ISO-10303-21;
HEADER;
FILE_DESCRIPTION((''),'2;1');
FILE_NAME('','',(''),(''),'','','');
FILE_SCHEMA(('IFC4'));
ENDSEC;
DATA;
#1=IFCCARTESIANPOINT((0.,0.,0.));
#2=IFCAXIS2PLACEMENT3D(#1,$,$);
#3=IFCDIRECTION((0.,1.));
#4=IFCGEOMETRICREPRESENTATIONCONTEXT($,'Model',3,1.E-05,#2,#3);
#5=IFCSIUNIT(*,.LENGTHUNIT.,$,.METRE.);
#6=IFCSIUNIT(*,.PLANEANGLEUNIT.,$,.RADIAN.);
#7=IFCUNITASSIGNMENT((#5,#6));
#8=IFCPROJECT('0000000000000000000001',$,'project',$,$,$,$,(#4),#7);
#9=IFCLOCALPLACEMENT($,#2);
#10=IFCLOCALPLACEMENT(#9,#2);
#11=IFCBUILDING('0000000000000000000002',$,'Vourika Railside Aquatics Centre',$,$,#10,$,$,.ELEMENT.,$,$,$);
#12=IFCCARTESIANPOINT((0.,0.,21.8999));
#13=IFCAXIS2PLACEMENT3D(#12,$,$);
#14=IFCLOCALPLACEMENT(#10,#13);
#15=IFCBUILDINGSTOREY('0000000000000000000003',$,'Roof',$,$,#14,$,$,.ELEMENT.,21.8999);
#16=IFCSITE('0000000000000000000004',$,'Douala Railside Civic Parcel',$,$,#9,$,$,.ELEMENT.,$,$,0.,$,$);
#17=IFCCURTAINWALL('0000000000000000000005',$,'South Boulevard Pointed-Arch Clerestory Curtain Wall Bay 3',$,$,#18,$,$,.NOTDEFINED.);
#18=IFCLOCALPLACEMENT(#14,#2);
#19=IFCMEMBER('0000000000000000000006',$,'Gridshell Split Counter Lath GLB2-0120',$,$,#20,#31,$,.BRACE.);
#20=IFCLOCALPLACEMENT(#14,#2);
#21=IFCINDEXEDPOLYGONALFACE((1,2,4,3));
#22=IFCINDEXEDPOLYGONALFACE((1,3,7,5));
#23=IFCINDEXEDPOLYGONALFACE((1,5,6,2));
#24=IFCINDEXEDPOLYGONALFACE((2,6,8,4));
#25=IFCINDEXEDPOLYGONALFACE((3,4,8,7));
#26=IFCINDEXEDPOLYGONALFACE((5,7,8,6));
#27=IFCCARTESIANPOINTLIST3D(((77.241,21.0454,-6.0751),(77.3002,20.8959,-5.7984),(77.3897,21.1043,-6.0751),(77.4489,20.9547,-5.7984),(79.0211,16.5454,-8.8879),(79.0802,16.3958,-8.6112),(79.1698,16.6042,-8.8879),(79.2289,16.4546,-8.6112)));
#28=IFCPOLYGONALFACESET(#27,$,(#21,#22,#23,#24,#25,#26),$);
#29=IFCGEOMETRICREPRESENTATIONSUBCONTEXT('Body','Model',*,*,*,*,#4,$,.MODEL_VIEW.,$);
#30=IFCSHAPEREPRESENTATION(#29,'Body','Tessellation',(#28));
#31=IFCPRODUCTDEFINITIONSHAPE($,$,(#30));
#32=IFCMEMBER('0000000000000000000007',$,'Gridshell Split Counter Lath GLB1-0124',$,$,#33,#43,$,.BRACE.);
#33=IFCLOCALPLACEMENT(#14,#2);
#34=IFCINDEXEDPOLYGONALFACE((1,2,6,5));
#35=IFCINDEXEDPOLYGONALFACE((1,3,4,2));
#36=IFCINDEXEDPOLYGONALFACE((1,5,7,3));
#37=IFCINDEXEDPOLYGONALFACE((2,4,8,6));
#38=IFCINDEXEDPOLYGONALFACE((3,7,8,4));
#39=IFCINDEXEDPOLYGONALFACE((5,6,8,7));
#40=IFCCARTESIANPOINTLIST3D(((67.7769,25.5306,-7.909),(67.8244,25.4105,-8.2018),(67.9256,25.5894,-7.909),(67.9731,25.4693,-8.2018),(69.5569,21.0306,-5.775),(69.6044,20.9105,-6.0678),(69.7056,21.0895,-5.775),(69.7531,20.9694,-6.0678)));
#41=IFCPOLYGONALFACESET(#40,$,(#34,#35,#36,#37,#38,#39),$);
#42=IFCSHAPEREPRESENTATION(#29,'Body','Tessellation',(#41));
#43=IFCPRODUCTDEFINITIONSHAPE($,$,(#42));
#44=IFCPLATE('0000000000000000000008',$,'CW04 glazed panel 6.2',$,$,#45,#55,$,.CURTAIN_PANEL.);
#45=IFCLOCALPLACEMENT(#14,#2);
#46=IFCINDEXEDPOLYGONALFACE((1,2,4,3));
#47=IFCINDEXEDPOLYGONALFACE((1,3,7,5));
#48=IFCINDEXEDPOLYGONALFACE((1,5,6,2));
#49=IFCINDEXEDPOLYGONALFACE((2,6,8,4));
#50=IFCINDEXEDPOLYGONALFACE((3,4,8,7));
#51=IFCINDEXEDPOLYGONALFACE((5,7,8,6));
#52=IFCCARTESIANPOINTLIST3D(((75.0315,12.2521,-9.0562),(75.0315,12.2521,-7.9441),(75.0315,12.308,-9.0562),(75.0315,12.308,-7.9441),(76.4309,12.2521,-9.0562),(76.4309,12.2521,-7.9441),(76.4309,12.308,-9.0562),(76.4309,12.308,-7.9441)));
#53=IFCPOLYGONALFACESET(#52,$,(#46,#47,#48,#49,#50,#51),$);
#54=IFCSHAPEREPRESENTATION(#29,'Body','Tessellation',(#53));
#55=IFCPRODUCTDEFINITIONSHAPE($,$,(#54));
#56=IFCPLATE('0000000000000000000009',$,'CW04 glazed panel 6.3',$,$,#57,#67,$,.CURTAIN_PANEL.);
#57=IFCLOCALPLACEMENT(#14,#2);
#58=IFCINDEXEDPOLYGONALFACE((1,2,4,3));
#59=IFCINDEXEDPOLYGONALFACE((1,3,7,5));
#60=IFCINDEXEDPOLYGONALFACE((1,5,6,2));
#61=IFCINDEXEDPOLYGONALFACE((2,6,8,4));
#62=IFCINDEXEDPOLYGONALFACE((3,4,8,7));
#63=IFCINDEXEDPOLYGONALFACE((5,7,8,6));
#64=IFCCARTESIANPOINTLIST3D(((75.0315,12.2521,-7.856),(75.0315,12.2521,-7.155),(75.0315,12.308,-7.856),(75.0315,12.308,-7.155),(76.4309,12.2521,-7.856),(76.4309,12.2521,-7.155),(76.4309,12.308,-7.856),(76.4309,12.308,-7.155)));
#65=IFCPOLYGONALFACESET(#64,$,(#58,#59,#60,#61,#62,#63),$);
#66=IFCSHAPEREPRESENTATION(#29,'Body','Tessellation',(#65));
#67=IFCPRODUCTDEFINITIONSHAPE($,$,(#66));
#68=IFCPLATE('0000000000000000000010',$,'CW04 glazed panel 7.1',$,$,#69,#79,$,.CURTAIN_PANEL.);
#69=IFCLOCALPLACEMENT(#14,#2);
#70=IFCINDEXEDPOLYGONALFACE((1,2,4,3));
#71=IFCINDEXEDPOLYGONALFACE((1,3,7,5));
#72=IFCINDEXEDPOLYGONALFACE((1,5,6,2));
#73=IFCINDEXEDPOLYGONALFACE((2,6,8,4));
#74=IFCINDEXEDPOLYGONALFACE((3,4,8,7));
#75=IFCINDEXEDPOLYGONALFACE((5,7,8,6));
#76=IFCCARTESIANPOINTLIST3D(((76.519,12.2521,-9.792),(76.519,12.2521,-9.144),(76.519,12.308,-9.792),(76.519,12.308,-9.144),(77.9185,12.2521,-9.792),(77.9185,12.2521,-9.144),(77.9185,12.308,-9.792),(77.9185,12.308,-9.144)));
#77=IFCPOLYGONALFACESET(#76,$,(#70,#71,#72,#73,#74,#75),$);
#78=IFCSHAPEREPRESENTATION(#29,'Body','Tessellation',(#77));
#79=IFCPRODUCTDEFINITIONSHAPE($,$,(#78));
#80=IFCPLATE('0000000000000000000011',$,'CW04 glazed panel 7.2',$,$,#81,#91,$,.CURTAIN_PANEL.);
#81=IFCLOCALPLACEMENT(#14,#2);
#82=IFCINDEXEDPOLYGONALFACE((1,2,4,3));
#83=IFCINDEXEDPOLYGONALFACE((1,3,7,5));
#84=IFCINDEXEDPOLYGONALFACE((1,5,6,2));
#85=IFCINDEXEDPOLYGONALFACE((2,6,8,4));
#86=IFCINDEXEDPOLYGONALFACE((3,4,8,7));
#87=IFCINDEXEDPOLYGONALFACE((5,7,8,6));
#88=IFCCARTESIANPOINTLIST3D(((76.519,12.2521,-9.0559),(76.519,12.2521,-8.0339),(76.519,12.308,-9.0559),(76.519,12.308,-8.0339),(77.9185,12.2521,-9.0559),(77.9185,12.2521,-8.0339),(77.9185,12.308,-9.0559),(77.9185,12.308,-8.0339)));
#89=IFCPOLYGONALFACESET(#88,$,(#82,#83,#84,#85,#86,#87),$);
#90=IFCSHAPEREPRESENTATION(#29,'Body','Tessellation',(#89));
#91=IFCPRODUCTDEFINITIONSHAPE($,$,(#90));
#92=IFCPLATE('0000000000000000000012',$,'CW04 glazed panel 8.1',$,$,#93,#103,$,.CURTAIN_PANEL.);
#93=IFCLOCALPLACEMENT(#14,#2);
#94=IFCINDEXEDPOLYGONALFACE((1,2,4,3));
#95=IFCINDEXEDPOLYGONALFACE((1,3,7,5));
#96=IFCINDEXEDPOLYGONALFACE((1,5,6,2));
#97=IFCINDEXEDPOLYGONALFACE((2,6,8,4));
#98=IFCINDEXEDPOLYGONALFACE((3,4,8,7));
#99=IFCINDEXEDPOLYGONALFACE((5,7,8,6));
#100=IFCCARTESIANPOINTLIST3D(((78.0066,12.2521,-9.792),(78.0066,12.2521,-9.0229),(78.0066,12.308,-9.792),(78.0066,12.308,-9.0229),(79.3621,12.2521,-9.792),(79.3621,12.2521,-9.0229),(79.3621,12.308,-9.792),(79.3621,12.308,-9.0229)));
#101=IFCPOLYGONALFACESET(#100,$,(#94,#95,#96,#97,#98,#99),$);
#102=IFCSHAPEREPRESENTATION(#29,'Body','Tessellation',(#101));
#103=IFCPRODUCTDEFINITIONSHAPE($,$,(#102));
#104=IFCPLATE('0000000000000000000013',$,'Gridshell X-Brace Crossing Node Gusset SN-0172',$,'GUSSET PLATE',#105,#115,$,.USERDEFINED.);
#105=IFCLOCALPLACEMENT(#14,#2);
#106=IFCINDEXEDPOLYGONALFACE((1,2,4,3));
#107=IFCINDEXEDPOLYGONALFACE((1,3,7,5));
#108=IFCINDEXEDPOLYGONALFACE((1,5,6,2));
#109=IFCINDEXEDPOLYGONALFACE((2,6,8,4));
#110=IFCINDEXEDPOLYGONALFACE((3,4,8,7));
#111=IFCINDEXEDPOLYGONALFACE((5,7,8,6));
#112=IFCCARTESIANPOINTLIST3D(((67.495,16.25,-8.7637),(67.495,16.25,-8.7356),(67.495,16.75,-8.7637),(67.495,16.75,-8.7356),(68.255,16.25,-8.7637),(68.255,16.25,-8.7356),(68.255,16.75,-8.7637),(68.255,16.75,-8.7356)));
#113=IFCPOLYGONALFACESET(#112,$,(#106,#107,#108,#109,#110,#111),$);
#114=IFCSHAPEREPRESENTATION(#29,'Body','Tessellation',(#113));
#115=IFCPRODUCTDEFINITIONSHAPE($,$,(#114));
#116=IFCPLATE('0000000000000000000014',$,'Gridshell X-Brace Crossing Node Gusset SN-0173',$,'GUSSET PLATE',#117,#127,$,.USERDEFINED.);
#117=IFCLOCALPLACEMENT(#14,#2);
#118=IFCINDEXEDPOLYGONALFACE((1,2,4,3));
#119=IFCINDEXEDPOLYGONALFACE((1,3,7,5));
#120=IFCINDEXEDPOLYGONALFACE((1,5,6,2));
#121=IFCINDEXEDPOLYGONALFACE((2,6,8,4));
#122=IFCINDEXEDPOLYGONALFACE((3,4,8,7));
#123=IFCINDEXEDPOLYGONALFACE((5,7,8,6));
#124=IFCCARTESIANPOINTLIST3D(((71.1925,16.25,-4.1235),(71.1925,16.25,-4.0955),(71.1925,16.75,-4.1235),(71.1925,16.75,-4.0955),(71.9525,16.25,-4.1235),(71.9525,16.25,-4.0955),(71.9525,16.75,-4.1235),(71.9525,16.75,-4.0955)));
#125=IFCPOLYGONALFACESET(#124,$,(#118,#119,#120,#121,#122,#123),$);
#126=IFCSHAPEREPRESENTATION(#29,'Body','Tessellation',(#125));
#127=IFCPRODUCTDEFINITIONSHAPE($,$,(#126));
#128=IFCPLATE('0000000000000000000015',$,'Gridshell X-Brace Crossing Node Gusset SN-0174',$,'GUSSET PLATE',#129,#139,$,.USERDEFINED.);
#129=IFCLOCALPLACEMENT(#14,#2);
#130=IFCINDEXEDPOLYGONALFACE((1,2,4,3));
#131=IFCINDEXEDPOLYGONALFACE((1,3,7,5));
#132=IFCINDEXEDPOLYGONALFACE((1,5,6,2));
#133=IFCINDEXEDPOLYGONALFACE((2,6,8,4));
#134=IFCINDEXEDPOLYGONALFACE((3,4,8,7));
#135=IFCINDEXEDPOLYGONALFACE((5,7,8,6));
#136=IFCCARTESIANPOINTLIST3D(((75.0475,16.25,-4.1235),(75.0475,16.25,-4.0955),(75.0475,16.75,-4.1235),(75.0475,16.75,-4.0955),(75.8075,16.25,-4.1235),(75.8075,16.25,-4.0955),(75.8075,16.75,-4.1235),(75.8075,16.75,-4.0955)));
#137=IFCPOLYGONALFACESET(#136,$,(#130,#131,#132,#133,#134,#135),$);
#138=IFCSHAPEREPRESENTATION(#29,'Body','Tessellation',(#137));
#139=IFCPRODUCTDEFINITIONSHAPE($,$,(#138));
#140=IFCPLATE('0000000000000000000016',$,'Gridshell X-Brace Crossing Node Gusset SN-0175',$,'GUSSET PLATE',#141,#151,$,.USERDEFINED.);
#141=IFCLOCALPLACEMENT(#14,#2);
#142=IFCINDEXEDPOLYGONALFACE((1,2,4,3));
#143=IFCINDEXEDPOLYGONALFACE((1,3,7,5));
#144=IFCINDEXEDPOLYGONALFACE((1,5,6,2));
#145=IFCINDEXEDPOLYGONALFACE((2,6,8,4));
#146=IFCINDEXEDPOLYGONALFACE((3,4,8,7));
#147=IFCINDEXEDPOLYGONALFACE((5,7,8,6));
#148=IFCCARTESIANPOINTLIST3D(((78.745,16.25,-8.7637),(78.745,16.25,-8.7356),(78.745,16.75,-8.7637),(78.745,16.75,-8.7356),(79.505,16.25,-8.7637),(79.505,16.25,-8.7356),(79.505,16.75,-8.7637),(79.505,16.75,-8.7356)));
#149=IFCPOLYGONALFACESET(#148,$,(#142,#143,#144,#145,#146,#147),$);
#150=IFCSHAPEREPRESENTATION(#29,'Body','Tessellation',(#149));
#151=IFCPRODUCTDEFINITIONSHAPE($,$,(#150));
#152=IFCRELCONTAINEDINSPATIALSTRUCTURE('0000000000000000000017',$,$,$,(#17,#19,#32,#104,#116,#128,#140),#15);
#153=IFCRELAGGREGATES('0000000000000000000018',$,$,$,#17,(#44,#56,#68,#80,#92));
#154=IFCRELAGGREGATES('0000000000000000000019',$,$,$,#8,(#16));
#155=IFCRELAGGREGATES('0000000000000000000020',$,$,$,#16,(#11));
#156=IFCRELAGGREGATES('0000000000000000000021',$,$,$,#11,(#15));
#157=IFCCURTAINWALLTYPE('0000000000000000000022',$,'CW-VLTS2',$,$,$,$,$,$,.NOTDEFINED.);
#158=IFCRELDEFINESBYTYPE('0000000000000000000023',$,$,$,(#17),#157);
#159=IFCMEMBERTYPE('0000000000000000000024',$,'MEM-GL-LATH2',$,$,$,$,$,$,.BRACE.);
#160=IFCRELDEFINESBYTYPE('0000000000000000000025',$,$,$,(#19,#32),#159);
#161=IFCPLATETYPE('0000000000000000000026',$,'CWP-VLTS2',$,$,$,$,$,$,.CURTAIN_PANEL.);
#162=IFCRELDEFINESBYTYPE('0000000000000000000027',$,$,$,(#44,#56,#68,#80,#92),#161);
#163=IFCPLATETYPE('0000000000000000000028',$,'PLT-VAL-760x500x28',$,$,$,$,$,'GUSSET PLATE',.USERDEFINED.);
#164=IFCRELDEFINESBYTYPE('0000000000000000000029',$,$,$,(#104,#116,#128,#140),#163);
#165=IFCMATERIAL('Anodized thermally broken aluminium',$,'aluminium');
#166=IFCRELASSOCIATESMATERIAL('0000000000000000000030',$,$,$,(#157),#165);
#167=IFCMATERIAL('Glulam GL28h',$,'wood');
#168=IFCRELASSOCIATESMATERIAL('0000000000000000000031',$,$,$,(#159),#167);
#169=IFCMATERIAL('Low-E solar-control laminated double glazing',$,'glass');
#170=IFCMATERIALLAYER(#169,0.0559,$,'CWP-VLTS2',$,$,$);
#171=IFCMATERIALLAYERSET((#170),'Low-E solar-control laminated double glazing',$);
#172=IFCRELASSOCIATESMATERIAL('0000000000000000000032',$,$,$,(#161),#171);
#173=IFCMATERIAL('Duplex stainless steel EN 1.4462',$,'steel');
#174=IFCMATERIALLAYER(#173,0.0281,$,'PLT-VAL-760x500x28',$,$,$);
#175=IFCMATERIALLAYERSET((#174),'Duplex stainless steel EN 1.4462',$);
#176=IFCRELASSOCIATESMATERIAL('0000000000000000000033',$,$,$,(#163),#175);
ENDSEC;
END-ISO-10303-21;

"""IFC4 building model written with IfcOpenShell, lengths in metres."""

from ifc_helpers import new_model, si_unit, direction, frame, origin, origin_2d, place, context, subcontext, project, spatial, rectangle, extrude, material, layer, layer_set, material_profile, profile_set, type_object, element, aggregate, save


model = new_model("IFC4")

# Units and contexts
model_context = context("Model", 3, precision=1e-05, world=origin(), true_north=direction((0.0, 1.0)))
body_context = subcontext(model_context, "Body", "Model", "MODEL_VIEW")
ifc_project = project(units=[si_unit("LENGTHUNIT", "METRE"), si_unit("PLANEANGLEUNIT", "RADIAN")], contexts=[model_context])

# Site, building, storey
site_placement = place(None, origin())
site = spatial("IfcSite", under=ifc_project, at=site_placement, Name="Douala Railside Civic Parcel", CompositionType="ELEMENT", RefElevation=0.0)
building_placement = place(site_placement, origin())
building = spatial("IfcBuilding", under=site, at=building_placement, Name="Vourika Railside Aquatics Centre", CompositionType="ELEMENT")
storey_placement = place(building_placement, frame((0.0, 0.0, 21.8999)))
storey = spatial("IfcBuildingStorey", under=building, at=storey_placement, Name="Roof", CompositionType="ELEMENT", Elevation=21.8999)

# Curtain wall
ifc_material_1 = material(Name="Anodized thermally broken aluminium", Category="aluminium")
curtain_wall_type = type_object("IfcCurtainWallType", Name="CW-VLTS2", PredefinedType="NOTDEFINED", material=ifc_material_1)
curtain_wall_placement = place(storey_placement, origin())
curtain_wall = element("IfcCurtainWall", 1, at=curtain_wall_placement, inside=storey, type_object=curtain_wall_type, Name="South Boulevard Pointed-Arch Clerestory Curtain Wall Bay 3", PredefinedType="NOTDEFINED")

# Members
ifc_material_2 = material(Name="Glulam GL28h", Category="wood")
ifc_material_profile_1 = material_profile(ifc_material_2, rectangle(XDim=0.1599, YDim=0.3201, at=origin_2d()), Name="GL28h 160x320")
ifc_profile_set_1 = profile_set([ifc_material_profile_1], Name="Glulam GL28h")
member_type_1 = type_object("IfcMemberType", Name="MEM-GL-LATH2", PredefinedType="BRACE", material=ifc_profile_set_1)
member_1_placement = place(storey_placement, frame((79.125, 16.5, -8.7495), z_axis=(-0.318014, 0.803956, 0.502516), x_axis=(-0.929893, -0.36783, 0.0)))
element("IfcMember", 2, at=member_1_placement, inside=storey, type_object=member_type_1, Name="Gridshell Split Counter Lath GLB2-0120", PredefinedType="BRACE", context=body_context, shape_type="SweptSolid", body=[
    extrude(rectangle(XDim=0.1599, YDim=0.3201, at=origin_2d()), origin(), (0.0, 0.0, 1.0), 5.5974),
])
member_2_placement = place(storey_placement, frame((69.655, 21.0, -5.9214), z_axis=(-0.336559, 0.850836, -0.403492), x_axis=(-0.929893, -0.36783, 0.0)))
element("IfcMember", 3, at=member_2_placement, inside=storey, type_object=member_type_1, Name="Gridshell Split Counter Lath GLB1-0124", PredefinedType="BRACE", context=body_context, shape_type="SweptSolid", body=[
    extrude(rectangle(XDim=0.1599, YDim=0.3201, at=origin_2d()), origin(), (0.0, 0.0, 1.0), 5.2888),
])

# Plates
ifc_material_3 = material(Name="Low-E solar-control laminated double glazing", Category="glass")
ifc_layer_1 = layer(ifc_material_3, 0.0559, Name="CWP-VLTS2")
ifc_layer_set_1 = layer_set([ifc_layer_1], Name="Low-E solar-control laminated double glazing")
plate_type_1 = type_object("IfcPlateType", Name="CWP-VLTS2", PredefinedType="CURTAIN_PANEL", material=ifc_layer_set_1)
plate_1_placement = place(storey_placement, frame((75.7312, 12.28, -9.0562), z_axis=(0.0, 0.0, 1.0), x_axis=(1.0, 0.0, 0.0)))
plate_1 = element("IfcPlate", 4, at=plate_1_placement, type_object=plate_type_1, Name="CW04 glazed panel 6.2", PredefinedType="CURTAIN_PANEL", context=body_context, shape_type="SweptSolid", body=[
    extrude(rectangle(XDim=1.3994, YDim=0.0559, at=origin_2d()), origin(), (0.0, 0.0, 1.0), 1.1121),
])
plate_2_placement = place(storey_placement, frame((75.7312, 12.28, -7.856), z_axis=(0.0, 0.0, 1.0), x_axis=(1.0, 0.0, 0.0)))
plate_2 = element("IfcPlate", 5, at=plate_2_placement, type_object=plate_type_1, Name="CW04 glazed panel 6.3", PredefinedType="CURTAIN_PANEL", context=body_context, shape_type="SweptSolid", body=[
    extrude(rectangle(XDim=1.3994, YDim=0.0559, at=origin_2d()), origin(), (0.0, 0.0, 1.0), 0.7009),
])
plate_3_placement = place(storey_placement, frame((77.2188, 12.28, -9.792), z_axis=(0.0, 0.0, 1.0), x_axis=(1.0, 0.0, 0.0)))
plate_3 = element("IfcPlate", 6, at=plate_3_placement, type_object=plate_type_1, Name="CW04 glazed panel 7.1", PredefinedType="CURTAIN_PANEL", context=body_context, shape_type="SweptSolid", body=[
    extrude(rectangle(XDim=1.3994, YDim=0.0559, at=origin_2d()), origin(), (0.0, 0.0, 1.0), 0.6479),
])
plate_4_placement = place(storey_placement, frame((77.2188, 12.28, -9.0559), z_axis=(0.0, 0.0, 1.0), x_axis=(1.0, 0.0, 0.0)))
plate_4 = element("IfcPlate", 7, at=plate_4_placement, type_object=plate_type_1, Name="CW04 glazed panel 7.2", PredefinedType="CURTAIN_PANEL", context=body_context, shape_type="SweptSolid", body=[
    extrude(rectangle(XDim=1.3994, YDim=0.0559, at=origin_2d()), origin(), (0.0, 0.0, 1.0), 1.022),
])
plate_5_placement = place(storey_placement, frame((78.6843, 12.28, -9.792), z_axis=(0.0, 0.0, 1.0), x_axis=(1.0, 0.0, 0.0)))
plate_5 = element("IfcPlate", 8, at=plate_5_placement, type_object=plate_type_1, Name="CW04 glazed panel 8.1", PredefinedType="CURTAIN_PANEL", context=body_context, shape_type="SweptSolid", body=[
    extrude(rectangle(XDim=1.3555, YDim=0.0559, at=origin_2d()), origin(), (0.0, 0.0, 1.0), 0.769),
])
aggregate(curtain_wall, [plate_1, plate_2, plate_3, plate_4, plate_5])

# Plates
ifc_material_4 = material(Name="Duplex stainless steel EN 1.4462", Category="steel")
ifc_layer_2 = layer(ifc_material_4, 0.0281, Name="PLT-VAL-760x500x28")
ifc_layer_set_2 = layer_set([ifc_layer_2], Name="Duplex stainless steel EN 1.4462")
plate_type_2 = type_object("IfcPlateType", Name="PLT-VAL-760x500x28", ElementType="GUSSET PLATE", PredefinedType="USERDEFINED", material=ifc_layer_set_2)
for number, where, z_axis, x_axis, name in (
    (9, (67.875, 16.5, -8.7637), (0.0, 0.0, 1.0), (1.0, 0.0, 0.0), "Gridshell X-Brace Crossing Node Gusset SN-0172"),
    (10, (71.5725, 16.5, -4.1235), (0.0, 0.0, 1.0), (1.0, 0.0, 0.0), "Gridshell X-Brace Crossing Node Gusset SN-0173"),
    (11, (75.4275, 16.5, -4.1235), (0.0, 0.0, 1.0), (1.0, 0.0, 0.0), "Gridshell X-Brace Crossing Node Gusset SN-0174"),
    (12, (79.125, 16.5, -8.7637), (0.0, 0.0, 1.0), (1.0, 0.0, 0.0), "Gridshell X-Brace Crossing Node Gusset SN-0175"),
):
    element("IfcPlate", number, at=place(storey_placement, frame(where, z_axis=z_axis, x_axis=x_axis)), inside=storey, type_object=plate_type_2, Name=name, ObjectType="GUSSET PLATE", PredefinedType="USERDEFINED", context=body_context, shape_type="SweptSolid", body=[
        extrude(rectangle(XDim=0.76, YDim=0.5, at=origin_2d()), origin(), (0.0, 0.0, 1.0), 0.0281),
    ])

save(model, "model.ifc")
